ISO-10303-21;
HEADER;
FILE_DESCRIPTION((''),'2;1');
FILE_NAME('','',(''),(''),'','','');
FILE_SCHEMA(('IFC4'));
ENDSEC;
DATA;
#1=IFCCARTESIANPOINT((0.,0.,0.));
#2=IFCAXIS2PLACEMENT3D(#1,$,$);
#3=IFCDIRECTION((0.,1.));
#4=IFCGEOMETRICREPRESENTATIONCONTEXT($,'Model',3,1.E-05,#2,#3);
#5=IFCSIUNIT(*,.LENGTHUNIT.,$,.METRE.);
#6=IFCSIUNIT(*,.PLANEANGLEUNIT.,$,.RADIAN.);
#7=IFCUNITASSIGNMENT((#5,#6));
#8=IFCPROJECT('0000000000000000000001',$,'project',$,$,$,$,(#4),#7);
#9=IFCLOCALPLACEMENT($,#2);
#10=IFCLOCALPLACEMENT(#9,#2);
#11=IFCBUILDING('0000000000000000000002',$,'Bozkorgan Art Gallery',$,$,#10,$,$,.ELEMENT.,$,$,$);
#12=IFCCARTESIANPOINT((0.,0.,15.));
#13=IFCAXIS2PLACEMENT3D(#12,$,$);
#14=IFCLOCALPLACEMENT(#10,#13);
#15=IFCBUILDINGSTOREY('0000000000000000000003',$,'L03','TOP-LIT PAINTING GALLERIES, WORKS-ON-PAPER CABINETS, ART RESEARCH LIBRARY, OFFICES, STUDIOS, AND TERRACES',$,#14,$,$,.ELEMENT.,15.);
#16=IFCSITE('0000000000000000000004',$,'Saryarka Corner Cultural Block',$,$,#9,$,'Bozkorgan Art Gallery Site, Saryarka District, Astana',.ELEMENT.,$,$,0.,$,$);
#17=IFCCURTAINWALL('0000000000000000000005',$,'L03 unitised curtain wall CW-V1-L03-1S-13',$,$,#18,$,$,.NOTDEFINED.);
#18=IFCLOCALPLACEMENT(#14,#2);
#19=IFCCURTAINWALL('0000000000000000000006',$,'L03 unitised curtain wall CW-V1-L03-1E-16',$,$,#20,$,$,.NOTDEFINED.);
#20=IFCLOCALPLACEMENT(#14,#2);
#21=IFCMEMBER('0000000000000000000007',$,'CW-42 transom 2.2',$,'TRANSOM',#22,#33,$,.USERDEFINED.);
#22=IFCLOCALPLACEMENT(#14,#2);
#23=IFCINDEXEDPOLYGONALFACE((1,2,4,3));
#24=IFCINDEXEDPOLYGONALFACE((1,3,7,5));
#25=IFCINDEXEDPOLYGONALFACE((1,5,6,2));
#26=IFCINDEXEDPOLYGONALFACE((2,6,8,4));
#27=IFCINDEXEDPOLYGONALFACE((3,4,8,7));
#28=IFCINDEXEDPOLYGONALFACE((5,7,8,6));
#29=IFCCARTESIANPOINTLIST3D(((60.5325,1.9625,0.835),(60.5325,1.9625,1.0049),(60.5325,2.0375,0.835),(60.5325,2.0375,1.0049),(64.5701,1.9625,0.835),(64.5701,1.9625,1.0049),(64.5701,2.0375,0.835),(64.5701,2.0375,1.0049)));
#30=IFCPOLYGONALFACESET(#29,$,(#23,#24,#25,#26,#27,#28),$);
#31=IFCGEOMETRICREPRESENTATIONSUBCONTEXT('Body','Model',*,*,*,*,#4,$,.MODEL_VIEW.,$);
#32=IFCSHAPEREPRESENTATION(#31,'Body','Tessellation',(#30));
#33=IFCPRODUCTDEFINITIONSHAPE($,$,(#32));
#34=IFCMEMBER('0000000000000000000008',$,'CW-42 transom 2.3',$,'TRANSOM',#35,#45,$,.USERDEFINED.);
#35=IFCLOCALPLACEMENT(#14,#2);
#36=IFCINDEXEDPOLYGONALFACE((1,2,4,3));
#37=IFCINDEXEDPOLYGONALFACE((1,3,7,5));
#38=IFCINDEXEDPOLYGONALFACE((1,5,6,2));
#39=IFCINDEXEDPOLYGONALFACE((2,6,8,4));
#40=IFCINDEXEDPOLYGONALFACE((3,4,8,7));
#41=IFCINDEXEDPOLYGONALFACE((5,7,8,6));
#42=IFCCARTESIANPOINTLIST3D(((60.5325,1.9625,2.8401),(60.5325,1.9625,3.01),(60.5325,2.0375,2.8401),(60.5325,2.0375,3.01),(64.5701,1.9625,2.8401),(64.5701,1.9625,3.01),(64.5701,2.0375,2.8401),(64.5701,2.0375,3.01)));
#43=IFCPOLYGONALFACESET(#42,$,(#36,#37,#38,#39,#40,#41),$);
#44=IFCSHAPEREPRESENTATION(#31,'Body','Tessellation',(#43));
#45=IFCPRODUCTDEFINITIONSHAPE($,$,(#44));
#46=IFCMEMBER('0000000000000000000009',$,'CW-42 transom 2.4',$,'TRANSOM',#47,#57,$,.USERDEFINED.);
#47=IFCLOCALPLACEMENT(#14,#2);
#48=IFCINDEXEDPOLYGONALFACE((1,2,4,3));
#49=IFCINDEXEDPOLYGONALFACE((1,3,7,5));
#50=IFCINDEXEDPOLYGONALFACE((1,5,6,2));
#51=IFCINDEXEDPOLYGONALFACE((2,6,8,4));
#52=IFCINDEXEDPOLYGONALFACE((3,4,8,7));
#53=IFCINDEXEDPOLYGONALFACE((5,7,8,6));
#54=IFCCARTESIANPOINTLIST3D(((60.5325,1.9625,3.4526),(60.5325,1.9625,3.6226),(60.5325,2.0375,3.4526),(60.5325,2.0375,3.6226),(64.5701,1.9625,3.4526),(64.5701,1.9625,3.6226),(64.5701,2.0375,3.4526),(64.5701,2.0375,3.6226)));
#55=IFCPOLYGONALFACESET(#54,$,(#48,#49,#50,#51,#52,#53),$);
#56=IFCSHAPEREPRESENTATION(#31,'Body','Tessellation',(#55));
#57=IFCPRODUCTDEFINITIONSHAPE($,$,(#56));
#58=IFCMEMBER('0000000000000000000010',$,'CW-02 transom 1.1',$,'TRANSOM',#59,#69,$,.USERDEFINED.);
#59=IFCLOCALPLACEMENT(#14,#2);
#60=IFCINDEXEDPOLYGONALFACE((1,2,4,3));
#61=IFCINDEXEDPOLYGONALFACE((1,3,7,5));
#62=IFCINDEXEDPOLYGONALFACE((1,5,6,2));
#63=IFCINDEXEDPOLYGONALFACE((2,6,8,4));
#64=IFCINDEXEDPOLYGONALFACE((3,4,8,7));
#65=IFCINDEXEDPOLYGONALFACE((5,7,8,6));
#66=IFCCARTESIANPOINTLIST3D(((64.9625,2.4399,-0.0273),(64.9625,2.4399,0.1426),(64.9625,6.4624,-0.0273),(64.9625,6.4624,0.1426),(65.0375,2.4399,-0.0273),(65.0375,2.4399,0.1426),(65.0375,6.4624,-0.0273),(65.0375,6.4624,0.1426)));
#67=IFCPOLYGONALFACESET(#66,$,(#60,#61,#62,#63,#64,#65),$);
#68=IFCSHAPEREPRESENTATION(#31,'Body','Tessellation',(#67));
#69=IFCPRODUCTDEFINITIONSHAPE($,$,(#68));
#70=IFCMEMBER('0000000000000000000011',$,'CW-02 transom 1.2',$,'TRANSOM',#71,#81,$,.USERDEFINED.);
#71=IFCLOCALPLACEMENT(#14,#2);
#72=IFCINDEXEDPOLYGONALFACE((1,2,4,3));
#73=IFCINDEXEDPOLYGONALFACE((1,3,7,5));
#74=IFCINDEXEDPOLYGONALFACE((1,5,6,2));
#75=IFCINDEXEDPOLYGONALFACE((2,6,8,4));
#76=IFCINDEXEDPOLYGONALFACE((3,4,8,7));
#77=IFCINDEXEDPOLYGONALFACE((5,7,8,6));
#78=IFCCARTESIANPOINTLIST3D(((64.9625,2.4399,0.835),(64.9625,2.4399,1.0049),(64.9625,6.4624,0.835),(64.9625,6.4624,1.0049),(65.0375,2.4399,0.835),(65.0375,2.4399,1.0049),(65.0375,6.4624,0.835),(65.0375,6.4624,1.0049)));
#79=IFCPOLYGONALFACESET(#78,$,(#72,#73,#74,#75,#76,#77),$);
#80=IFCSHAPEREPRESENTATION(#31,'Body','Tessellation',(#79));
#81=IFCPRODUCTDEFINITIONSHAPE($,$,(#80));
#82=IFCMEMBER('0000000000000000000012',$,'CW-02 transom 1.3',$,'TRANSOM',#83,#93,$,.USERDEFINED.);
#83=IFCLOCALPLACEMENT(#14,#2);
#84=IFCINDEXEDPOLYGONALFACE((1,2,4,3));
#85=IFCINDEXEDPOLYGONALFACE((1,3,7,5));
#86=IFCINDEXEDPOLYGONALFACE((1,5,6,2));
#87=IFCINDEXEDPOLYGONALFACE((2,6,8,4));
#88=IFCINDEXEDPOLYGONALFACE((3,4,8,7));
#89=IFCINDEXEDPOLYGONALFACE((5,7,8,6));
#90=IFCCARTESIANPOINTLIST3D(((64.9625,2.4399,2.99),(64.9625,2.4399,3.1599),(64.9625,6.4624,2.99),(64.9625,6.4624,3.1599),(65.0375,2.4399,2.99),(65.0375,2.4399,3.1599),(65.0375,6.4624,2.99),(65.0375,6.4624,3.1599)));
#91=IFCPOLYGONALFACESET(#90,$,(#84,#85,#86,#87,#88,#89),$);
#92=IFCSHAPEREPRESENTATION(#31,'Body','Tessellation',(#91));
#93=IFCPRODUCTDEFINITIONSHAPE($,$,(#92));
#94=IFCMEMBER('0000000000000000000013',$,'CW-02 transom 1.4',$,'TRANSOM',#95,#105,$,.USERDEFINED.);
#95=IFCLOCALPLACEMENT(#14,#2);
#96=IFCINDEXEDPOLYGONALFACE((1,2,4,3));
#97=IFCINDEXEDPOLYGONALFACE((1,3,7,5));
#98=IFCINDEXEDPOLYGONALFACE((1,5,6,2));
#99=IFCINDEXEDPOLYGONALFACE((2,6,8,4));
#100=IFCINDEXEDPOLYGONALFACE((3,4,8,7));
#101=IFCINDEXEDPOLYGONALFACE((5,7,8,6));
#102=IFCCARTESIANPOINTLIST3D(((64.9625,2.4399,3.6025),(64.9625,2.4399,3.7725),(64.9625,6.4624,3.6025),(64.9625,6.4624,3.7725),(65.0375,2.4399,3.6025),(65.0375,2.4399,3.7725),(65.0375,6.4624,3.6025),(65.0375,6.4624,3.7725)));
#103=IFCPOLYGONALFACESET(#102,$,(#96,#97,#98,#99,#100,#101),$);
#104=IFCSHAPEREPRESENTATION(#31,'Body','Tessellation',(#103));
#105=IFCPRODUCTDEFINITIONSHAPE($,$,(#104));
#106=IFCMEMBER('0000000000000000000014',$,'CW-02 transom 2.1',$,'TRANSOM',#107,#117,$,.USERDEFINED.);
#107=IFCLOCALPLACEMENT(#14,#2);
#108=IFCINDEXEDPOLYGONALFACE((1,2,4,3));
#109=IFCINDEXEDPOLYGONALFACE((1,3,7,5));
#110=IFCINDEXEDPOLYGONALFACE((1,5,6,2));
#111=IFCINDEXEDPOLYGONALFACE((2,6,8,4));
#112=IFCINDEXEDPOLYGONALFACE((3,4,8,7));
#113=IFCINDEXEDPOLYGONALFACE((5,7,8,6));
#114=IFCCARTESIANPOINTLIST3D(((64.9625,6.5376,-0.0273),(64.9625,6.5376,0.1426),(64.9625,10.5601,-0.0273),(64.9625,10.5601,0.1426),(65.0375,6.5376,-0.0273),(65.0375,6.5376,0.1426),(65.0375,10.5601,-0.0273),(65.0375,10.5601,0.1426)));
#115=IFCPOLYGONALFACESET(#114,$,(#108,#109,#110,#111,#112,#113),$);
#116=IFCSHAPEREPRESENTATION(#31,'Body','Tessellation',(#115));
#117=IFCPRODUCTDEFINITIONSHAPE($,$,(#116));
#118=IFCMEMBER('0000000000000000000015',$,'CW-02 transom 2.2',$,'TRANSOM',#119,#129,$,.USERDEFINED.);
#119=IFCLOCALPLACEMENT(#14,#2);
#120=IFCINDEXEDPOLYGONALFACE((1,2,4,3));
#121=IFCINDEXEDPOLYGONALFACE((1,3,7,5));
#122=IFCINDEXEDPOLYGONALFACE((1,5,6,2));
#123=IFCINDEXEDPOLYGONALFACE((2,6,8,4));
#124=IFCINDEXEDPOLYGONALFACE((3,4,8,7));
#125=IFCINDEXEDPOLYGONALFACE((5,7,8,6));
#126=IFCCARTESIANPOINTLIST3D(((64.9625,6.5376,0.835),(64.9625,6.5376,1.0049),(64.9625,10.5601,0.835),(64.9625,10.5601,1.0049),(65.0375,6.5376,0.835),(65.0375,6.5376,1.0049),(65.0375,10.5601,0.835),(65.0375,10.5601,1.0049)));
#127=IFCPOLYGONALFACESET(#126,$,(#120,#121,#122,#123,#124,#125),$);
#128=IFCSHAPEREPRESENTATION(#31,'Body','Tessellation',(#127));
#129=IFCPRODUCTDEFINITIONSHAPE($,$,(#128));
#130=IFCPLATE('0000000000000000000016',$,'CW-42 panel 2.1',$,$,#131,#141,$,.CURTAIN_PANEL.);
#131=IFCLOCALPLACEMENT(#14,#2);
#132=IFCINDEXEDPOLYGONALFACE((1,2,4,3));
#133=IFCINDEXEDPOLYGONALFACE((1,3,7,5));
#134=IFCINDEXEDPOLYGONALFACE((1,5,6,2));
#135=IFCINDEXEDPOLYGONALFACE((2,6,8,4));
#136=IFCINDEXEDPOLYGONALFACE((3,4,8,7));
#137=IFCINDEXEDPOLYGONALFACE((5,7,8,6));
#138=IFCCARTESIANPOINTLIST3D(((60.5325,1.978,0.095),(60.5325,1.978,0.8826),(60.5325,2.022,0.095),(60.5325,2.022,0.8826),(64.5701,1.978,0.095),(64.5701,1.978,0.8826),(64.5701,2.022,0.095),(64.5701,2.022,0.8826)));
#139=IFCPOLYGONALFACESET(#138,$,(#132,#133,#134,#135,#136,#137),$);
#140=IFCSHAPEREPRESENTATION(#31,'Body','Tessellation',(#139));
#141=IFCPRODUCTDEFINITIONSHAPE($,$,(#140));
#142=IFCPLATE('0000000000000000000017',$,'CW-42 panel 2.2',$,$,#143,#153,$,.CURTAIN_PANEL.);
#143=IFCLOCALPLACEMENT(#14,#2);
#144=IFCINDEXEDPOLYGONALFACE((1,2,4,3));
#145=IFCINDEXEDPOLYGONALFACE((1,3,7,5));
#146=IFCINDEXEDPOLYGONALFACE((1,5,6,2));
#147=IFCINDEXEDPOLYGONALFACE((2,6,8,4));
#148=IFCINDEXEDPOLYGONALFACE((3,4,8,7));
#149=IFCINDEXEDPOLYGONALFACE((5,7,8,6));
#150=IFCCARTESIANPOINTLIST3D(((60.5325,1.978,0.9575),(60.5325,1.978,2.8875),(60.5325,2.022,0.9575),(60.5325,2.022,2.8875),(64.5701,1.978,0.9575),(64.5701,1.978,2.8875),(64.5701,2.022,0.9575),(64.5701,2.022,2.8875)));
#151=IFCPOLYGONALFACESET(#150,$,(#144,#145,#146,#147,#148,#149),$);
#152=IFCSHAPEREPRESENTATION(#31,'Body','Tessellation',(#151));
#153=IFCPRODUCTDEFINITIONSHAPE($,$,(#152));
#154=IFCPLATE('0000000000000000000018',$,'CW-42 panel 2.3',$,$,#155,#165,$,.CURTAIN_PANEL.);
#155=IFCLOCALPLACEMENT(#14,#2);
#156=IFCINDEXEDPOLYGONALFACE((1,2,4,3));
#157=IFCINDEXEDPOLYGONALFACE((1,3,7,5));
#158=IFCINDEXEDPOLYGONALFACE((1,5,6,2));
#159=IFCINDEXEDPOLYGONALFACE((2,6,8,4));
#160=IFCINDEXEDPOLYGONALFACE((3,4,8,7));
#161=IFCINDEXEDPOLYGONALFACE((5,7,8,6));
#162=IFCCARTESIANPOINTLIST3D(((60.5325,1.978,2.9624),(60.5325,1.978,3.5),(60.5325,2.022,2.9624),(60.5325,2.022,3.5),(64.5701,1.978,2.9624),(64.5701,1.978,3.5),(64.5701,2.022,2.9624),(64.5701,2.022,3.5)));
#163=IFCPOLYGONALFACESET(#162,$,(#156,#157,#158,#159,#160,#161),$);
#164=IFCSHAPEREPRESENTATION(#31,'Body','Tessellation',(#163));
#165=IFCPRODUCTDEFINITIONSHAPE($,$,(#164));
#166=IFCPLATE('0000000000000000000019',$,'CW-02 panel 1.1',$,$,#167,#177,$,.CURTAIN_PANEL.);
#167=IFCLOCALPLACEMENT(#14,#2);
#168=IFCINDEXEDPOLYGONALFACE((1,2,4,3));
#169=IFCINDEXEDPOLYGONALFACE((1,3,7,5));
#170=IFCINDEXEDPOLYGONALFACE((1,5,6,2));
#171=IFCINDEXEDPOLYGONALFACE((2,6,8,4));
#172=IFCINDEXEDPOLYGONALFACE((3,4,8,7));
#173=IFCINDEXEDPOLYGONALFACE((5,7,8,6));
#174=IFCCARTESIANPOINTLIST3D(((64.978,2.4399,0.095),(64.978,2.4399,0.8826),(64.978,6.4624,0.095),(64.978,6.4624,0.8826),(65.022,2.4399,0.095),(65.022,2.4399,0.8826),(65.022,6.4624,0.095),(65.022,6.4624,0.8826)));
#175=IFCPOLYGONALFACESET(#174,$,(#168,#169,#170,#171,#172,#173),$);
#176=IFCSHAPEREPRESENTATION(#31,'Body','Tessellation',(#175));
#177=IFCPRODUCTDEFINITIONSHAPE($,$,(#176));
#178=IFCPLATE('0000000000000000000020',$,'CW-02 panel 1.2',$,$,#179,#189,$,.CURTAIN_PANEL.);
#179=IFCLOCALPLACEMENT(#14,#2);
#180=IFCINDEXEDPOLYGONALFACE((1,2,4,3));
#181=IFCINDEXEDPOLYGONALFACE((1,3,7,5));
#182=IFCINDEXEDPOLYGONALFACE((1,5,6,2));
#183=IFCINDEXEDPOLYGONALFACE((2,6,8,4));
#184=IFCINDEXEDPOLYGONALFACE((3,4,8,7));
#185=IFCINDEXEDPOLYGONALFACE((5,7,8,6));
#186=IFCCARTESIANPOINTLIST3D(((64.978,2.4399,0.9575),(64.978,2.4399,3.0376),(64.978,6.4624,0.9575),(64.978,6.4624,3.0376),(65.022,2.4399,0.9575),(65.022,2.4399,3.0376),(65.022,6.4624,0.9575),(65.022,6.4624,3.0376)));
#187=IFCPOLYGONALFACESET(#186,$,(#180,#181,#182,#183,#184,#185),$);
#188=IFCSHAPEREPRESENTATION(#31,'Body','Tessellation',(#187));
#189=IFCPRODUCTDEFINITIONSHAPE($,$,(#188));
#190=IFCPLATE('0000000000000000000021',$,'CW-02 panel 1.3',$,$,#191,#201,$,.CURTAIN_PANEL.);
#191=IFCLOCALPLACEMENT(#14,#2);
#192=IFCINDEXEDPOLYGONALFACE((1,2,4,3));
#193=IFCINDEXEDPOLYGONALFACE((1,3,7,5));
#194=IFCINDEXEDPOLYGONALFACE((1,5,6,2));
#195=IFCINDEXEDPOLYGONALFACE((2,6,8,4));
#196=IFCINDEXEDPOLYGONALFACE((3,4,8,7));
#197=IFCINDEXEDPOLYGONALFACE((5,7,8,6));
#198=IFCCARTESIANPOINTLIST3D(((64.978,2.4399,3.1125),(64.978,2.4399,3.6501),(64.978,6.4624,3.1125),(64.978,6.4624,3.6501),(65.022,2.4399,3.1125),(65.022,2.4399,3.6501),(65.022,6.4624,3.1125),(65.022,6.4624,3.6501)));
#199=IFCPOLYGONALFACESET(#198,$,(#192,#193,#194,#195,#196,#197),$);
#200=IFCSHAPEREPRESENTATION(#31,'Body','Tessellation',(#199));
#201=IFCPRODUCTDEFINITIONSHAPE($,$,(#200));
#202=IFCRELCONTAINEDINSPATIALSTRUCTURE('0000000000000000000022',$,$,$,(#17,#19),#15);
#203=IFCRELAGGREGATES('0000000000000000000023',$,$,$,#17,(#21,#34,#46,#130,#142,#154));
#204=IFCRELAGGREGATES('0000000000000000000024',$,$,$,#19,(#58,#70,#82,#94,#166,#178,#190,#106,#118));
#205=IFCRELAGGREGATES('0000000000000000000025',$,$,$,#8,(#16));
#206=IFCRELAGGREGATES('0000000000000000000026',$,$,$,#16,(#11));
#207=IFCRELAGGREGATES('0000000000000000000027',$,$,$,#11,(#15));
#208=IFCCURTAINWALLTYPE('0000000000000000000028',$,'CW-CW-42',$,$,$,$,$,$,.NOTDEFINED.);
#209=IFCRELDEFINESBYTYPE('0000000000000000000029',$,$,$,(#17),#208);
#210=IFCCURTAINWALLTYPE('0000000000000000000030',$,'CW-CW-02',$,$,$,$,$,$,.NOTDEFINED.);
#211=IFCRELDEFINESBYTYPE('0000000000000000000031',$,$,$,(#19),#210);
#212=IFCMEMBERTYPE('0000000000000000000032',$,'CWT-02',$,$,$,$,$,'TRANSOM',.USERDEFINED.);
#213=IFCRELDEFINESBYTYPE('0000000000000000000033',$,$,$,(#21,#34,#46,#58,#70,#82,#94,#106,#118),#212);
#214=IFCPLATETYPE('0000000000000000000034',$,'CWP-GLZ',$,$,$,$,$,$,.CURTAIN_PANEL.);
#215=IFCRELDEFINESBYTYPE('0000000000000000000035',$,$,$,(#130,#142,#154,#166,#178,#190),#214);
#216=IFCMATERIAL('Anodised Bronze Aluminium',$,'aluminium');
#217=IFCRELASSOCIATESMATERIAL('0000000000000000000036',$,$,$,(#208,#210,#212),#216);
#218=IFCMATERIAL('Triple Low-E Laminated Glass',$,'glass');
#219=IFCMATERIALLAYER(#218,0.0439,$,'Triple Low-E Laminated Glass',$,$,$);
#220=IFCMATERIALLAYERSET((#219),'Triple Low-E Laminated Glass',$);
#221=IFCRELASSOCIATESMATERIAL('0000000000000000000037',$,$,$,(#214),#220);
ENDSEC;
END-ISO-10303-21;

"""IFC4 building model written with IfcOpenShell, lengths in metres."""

from ifc_helpers import new_model, si_unit, direction, frame, origin, origin_2d, place, context, subcontext, project, spatial, rectangle, extrude, material, layer, layer_set, material_profile, profile_set, type_object, element, aggregate, save


model = new_model("IFC4")

# Units and contexts
model_context = context("Model", 3, precision=1e-05, world=origin(), true_north=direction((0.0, 1.0)))
body_context = subcontext(model_context, "Body", "Model", "MODEL_VIEW")
ifc_project = project(units=[si_unit("LENGTHUNIT", "METRE"), si_unit("PLANEANGLEUNIT", "RADIAN")], contexts=[model_context])

# Site, building, storey
site_placement = place(None, origin())
site = spatial("IfcSite", under=ifc_project, at=site_placement, Name="Saryarka Corner Cultural Block", LongName="Bozkorgan Art Gallery Site, Saryarka District, Astana", CompositionType="ELEMENT", RefElevation=0.0)
building_placement = place(site_placement, origin())
building = spatial("IfcBuilding", under=site, at=building_placement, Name="Bozkorgan Art Gallery", CompositionType="ELEMENT")
storey_placement = place(building_placement, frame((0.0, 0.0, 15.0)))
storey = spatial("IfcBuildingStorey", under=building, at=storey_placement, Name="L03", Description="TOP-LIT PAINTING GALLERIES, WORKS-ON-PAPER CABINETS, ART RESEARCH LIBRARY, OFFICES, STUDIOS, AND TERRACES", CompositionType="ELEMENT", Elevation=15.0)

# Curtain walls
ifc_material_1 = material(Name="Anodised Bronze Aluminium", Category="aluminium")
curtain_wall_type_1 = type_object("IfcCurtainWallType", Name="CW-CW-42", PredefinedType="NOTDEFINED", material=ifc_material_1)
curtain_wall_1_placement = place(storey_placement, origin())
curtain_wall_1 = element("IfcCurtainWall", 1, at=curtain_wall_1_placement, inside=storey, type_object=curtain_wall_type_1, Name="L03 unitised curtain wall CW-V1-L03-1S-13", PredefinedType="NOTDEFINED")
curtain_wall_type_2 = type_object("IfcCurtainWallType", Name="CW-CW-02", PredefinedType="NOTDEFINED", material=ifc_material_1)
curtain_wall_2_placement = place(storey_placement, origin())
curtain_wall_2 = element("IfcCurtainWall", 2, at=curtain_wall_2_placement, inside=storey, type_object=curtain_wall_type_2, Name="L03 unitised curtain wall CW-V1-L03-1E-16", PredefinedType="NOTDEFINED")

# Members
ifc_material_profile_1 = material_profile(ifc_material_1, rectangle(XDim=0.075, YDim=0.1699, at=origin_2d()), Name="ALU TRANSOM 75x170")
ifc_profile_set_1 = profile_set([ifc_material_profile_1], Name="Anodised Bronze Aluminium")
member_type_1 = type_object("IfcMemberType", Name="CWT-02", ElementType="TRANSOM", PredefinedType="USERDEFINED", material=ifc_profile_set_1)
member_1_placement = place(storey_placement, frame((60.5325, 2.0, 0.9199), z_axis=(1.0, 0.0, 0.0), x_axis=(0.0, 1.0, 0.0)))
member_1 = element("IfcMember", 3, at=member_1_placement, type_object=member_type_1, Name="CW-42 transom 2.2", ObjectType="TRANSOM", PredefinedType="USERDEFINED", context=body_context, shape_type="SweptSolid", body=[
    extrude(rectangle(XDim=0.075, YDim=0.1699, at=origin_2d()), origin(), (0.0, 0.0, 1.0), 4.0376),
])
member_2_placement = place(storey_placement, frame((60.5325, 2.0, 2.925), z_axis=(1.0, 0.0, 0.0), x_axis=(0.0, 1.0, 0.0)))
member_2 = element("IfcMember", 4, at=member_2_placement, type_object=member_type_1, Name="CW-42 transom 2.3", ObjectType="TRANSOM", PredefinedType="USERDEFINED", context=body_context, shape_type="SweptSolid", body=[
    extrude(rectangle(XDim=0.075, YDim=0.1699, at=origin_2d()), origin(), (0.0, 0.0, 1.0), 4.0376),
])
member_3_placement = place(storey_placement, frame((60.5325, 2.0, 3.5376), z_axis=(1.0, 0.0, 0.0), x_axis=(0.0, 1.0, 0.0)))
member_3 = element("IfcMember", 5, at=member_3_placement, type_object=member_type_1, Name="CW-42 transom 2.4", ObjectType="TRANSOM", PredefinedType="USERDEFINED", context=body_context, shape_type="SweptSolid", body=[
    extrude(rectangle(XDim=0.075, YDim=0.1699, at=origin_2d()), origin(), (0.0, 0.0, 1.0), 4.0376),
])
member_4_placement = place(storey_placement, frame((65.0, 2.4399, 0.0576), z_axis=(0.0, 1.0, 0.0), x_axis=(-1.0, 0.0, 0.0)))
member_4 = element("IfcMember", 6, at=member_4_placement, type_object=member_type_1, Name="CW-02 transom 1.1", ObjectType="TRANSOM", PredefinedType="USERDEFINED", context=body_context, shape_type="SweptSolid", body=[
    extrude(rectangle(XDim=0.075, YDim=0.1699, at=origin_2d()), origin(), (0.0, 0.0, 1.0), 4.0225),
])
member_5_placement = place(storey_placement, frame((65.0, 2.4399, 0.9199), z_axis=(0.0, 1.0, 0.0), x_axis=(-1.0, 0.0, 0.0)))
member_5 = element("IfcMember", 7, at=member_5_placement, type_object=member_type_1, Name="CW-02 transom 1.2", ObjectType="TRANSOM", PredefinedType="USERDEFINED", context=body_context, shape_type="SweptSolid", body=[
    extrude(rectangle(XDim=0.075, YDim=0.1699, at=origin_2d()), origin(), (0.0, 0.0, 1.0), 4.0225),
])
member_6_placement = place(storey_placement, frame((65.0, 2.4399, 3.075), z_axis=(0.0, 1.0, 0.0), x_axis=(-1.0, 0.0, 0.0)))
member_6 = element("IfcMember", 8, at=member_6_placement, type_object=member_type_1, Name="CW-02 transom 1.3", ObjectType="TRANSOM", PredefinedType="USERDEFINED", context=body_context, shape_type="SweptSolid", body=[
    extrude(rectangle(XDim=0.075, YDim=0.1699, at=origin_2d()), origin(), (0.0, 0.0, 1.0), 4.0225),
])
member_7_placement = place(storey_placement, frame((65.0, 2.4399, 3.6875), z_axis=(0.0, 1.0, 0.0), x_axis=(-1.0, 0.0, 0.0)))
member_7 = element("IfcMember", 9, at=member_7_placement, type_object=member_type_1, Name="CW-02 transom 1.4", ObjectType="TRANSOM", PredefinedType="USERDEFINED", context=body_context, shape_type="SweptSolid", body=[
    extrude(rectangle(XDim=0.075, YDim=0.1699, at=origin_2d()), origin(), (0.0, 0.0, 1.0), 4.0225),
])
member_8_placement = place(storey_placement, frame((65.0, 6.5376, 0.0576), z_axis=(0.0, 1.0, 0.0), x_axis=(-1.0, 0.0, 0.0)))
member_8 = element("IfcMember", 10, at=member_8_placement, type_object=member_type_1, Name="CW-02 transom 2.1", ObjectType="TRANSOM", PredefinedType="USERDEFINED", context=body_context, shape_type="SweptSolid", body=[
    extrude(rectangle(XDim=0.075, YDim=0.1699, at=origin_2d()), origin(), (0.0, 0.0, 1.0), 4.0225),
])
member_9_placement = place(storey_placement, frame((65.0, 6.5376, 0.9199), z_axis=(0.0, 1.0, 0.0), x_axis=(-1.0, 0.0, 0.0)))
member_9 = element("IfcMember", 11, at=member_9_placement, type_object=member_type_1, Name="CW-02 transom 2.2", ObjectType="TRANSOM", PredefinedType="USERDEFINED", context=body_context, shape_type="SweptSolid", body=[
    extrude(rectangle(XDim=0.075, YDim=0.1699, at=origin_2d()), origin(), (0.0, 0.0, 1.0), 4.0225),
])

# Plates
ifc_material_2 = material(Name="Triple Low-E Laminated Glass", Category="glass")
ifc_layer_1 = layer(ifc_material_2, 0.0439, Name="Triple Low-E Laminated Glass")
ifc_layer_set_1 = layer_set([ifc_layer_1], Name="Triple Low-E Laminated Glass")
plate_type = type_object("IfcPlateType", Name="CWP-GLZ", PredefinedType="CURTAIN_PANEL", material=ifc_layer_set_1)
plate_1_placement = place(storey_placement, frame((62.5513, 2.0, 0.095), z_axis=(0.0, 0.0, 1.0), x_axis=(1.0, 0.0, 0.0)))
plate_1 = element("IfcPlate", 12, at=plate_1_placement, type_object=plate_type, Name="CW-42 panel 2.1", PredefinedType="CURTAIN_PANEL", context=body_context, shape_type="SweptSolid", body=[
    extrude(rectangle(XDim=4.0376, YDim=0.0439, at=origin_2d()), origin(), (0.0, 0.0, 1.0), 0.7876),
])
plate_2_placement = place(storey_placement, frame((62.5513, 2.0, 0.9575), z_axis=(0.0, 0.0, 1.0), x_axis=(1.0, 0.0, 0.0)))
plate_2 = element("IfcPlate", 13, at=plate_2_placement, type_object=plate_type, Name="CW-42 panel 2.2", PredefinedType="CURTAIN_PANEL", context=body_context, shape_type="SweptSolid", body=[
    extrude(rectangle(XDim=4.0376, YDim=0.0439, at=origin_2d()), origin(), (0.0, 0.0, 1.0), 1.9299),
])
plate_3_placement = place(storey_placement, frame((62.5513, 2.0, 2.9624), z_axis=(0.0, 0.0, 1.0), x_axis=(1.0, 0.0, 0.0)))
plate_3 = element("IfcPlate", 14, at=plate_3_placement, type_object=plate_type, Name="CW-42 panel 2.3", PredefinedType="CURTAIN_PANEL", context=body_context, shape_type="SweptSolid", body=[
    extrude(rectangle(XDim=4.0376, YDim=0.0439, at=origin_2d()), origin(), (0.0, 0.0, 1.0), 0.5376),
])
aggregate(curtain_wall_1, [member_1, member_2, member_3, plate_1, plate_2, plate_3])
plate_4_placement = place(storey_placement, frame((65.0, 4.4512, 0.095), z_axis=(0.0, 0.0, 1.0), x_axis=(0.0, 1.0, 0.0)))
plate_4 = element("IfcPlate", 15, at=plate_4_placement, type_object=plate_type, Name="CW-02 panel 1.1", PredefinedType="CURTAIN_PANEL", context=body_context, shape_type="SweptSolid", body=[
    extrude(rectangle(XDim=4.0225, YDim=0.0439, at=origin_2d()), origin(), (0.0, 0.0, 1.0), 0.7876),
])
plate_5_placement = place(storey_placement, frame((65.0, 4.4512, 0.9575), z_axis=(0.0, 0.0, 1.0), x_axis=(0.0, 1.0, 0.0)))
plate_5 = element("IfcPlate", 16, at=plate_5_placement, type_object=plate_type, Name="CW-02 panel 1.2", PredefinedType="CURTAIN_PANEL", context=body_context, shape_type="SweptSolid", body=[
    extrude(rectangle(XDim=4.0225, YDim=0.0439, at=origin_2d()), origin(), (0.0, 0.0, 1.0), 2.0801),
])
plate_6_placement = place(storey_placement, frame((65.0, 4.4512, 3.1125), z_axis=(0.0, 0.0, 1.0), x_axis=(0.0, 1.0, 0.0)))
plate_6 = element("IfcPlate", 17, at=plate_6_placement, type_object=plate_type, Name="CW-02 panel 1.3", PredefinedType="CURTAIN_PANEL", context=body_context, shape_type="SweptSolid", body=[
    extrude(rectangle(XDim=4.0225, YDim=0.0439, at=origin_2d()), origin(), (0.0, 0.0, 1.0), 0.5376),
])
aggregate(curtain_wall_2, [member_4, member_5, member_6, member_7, plate_4, plate_5, plate_6, member_8, member_9])

save(model, "model.ifc")
